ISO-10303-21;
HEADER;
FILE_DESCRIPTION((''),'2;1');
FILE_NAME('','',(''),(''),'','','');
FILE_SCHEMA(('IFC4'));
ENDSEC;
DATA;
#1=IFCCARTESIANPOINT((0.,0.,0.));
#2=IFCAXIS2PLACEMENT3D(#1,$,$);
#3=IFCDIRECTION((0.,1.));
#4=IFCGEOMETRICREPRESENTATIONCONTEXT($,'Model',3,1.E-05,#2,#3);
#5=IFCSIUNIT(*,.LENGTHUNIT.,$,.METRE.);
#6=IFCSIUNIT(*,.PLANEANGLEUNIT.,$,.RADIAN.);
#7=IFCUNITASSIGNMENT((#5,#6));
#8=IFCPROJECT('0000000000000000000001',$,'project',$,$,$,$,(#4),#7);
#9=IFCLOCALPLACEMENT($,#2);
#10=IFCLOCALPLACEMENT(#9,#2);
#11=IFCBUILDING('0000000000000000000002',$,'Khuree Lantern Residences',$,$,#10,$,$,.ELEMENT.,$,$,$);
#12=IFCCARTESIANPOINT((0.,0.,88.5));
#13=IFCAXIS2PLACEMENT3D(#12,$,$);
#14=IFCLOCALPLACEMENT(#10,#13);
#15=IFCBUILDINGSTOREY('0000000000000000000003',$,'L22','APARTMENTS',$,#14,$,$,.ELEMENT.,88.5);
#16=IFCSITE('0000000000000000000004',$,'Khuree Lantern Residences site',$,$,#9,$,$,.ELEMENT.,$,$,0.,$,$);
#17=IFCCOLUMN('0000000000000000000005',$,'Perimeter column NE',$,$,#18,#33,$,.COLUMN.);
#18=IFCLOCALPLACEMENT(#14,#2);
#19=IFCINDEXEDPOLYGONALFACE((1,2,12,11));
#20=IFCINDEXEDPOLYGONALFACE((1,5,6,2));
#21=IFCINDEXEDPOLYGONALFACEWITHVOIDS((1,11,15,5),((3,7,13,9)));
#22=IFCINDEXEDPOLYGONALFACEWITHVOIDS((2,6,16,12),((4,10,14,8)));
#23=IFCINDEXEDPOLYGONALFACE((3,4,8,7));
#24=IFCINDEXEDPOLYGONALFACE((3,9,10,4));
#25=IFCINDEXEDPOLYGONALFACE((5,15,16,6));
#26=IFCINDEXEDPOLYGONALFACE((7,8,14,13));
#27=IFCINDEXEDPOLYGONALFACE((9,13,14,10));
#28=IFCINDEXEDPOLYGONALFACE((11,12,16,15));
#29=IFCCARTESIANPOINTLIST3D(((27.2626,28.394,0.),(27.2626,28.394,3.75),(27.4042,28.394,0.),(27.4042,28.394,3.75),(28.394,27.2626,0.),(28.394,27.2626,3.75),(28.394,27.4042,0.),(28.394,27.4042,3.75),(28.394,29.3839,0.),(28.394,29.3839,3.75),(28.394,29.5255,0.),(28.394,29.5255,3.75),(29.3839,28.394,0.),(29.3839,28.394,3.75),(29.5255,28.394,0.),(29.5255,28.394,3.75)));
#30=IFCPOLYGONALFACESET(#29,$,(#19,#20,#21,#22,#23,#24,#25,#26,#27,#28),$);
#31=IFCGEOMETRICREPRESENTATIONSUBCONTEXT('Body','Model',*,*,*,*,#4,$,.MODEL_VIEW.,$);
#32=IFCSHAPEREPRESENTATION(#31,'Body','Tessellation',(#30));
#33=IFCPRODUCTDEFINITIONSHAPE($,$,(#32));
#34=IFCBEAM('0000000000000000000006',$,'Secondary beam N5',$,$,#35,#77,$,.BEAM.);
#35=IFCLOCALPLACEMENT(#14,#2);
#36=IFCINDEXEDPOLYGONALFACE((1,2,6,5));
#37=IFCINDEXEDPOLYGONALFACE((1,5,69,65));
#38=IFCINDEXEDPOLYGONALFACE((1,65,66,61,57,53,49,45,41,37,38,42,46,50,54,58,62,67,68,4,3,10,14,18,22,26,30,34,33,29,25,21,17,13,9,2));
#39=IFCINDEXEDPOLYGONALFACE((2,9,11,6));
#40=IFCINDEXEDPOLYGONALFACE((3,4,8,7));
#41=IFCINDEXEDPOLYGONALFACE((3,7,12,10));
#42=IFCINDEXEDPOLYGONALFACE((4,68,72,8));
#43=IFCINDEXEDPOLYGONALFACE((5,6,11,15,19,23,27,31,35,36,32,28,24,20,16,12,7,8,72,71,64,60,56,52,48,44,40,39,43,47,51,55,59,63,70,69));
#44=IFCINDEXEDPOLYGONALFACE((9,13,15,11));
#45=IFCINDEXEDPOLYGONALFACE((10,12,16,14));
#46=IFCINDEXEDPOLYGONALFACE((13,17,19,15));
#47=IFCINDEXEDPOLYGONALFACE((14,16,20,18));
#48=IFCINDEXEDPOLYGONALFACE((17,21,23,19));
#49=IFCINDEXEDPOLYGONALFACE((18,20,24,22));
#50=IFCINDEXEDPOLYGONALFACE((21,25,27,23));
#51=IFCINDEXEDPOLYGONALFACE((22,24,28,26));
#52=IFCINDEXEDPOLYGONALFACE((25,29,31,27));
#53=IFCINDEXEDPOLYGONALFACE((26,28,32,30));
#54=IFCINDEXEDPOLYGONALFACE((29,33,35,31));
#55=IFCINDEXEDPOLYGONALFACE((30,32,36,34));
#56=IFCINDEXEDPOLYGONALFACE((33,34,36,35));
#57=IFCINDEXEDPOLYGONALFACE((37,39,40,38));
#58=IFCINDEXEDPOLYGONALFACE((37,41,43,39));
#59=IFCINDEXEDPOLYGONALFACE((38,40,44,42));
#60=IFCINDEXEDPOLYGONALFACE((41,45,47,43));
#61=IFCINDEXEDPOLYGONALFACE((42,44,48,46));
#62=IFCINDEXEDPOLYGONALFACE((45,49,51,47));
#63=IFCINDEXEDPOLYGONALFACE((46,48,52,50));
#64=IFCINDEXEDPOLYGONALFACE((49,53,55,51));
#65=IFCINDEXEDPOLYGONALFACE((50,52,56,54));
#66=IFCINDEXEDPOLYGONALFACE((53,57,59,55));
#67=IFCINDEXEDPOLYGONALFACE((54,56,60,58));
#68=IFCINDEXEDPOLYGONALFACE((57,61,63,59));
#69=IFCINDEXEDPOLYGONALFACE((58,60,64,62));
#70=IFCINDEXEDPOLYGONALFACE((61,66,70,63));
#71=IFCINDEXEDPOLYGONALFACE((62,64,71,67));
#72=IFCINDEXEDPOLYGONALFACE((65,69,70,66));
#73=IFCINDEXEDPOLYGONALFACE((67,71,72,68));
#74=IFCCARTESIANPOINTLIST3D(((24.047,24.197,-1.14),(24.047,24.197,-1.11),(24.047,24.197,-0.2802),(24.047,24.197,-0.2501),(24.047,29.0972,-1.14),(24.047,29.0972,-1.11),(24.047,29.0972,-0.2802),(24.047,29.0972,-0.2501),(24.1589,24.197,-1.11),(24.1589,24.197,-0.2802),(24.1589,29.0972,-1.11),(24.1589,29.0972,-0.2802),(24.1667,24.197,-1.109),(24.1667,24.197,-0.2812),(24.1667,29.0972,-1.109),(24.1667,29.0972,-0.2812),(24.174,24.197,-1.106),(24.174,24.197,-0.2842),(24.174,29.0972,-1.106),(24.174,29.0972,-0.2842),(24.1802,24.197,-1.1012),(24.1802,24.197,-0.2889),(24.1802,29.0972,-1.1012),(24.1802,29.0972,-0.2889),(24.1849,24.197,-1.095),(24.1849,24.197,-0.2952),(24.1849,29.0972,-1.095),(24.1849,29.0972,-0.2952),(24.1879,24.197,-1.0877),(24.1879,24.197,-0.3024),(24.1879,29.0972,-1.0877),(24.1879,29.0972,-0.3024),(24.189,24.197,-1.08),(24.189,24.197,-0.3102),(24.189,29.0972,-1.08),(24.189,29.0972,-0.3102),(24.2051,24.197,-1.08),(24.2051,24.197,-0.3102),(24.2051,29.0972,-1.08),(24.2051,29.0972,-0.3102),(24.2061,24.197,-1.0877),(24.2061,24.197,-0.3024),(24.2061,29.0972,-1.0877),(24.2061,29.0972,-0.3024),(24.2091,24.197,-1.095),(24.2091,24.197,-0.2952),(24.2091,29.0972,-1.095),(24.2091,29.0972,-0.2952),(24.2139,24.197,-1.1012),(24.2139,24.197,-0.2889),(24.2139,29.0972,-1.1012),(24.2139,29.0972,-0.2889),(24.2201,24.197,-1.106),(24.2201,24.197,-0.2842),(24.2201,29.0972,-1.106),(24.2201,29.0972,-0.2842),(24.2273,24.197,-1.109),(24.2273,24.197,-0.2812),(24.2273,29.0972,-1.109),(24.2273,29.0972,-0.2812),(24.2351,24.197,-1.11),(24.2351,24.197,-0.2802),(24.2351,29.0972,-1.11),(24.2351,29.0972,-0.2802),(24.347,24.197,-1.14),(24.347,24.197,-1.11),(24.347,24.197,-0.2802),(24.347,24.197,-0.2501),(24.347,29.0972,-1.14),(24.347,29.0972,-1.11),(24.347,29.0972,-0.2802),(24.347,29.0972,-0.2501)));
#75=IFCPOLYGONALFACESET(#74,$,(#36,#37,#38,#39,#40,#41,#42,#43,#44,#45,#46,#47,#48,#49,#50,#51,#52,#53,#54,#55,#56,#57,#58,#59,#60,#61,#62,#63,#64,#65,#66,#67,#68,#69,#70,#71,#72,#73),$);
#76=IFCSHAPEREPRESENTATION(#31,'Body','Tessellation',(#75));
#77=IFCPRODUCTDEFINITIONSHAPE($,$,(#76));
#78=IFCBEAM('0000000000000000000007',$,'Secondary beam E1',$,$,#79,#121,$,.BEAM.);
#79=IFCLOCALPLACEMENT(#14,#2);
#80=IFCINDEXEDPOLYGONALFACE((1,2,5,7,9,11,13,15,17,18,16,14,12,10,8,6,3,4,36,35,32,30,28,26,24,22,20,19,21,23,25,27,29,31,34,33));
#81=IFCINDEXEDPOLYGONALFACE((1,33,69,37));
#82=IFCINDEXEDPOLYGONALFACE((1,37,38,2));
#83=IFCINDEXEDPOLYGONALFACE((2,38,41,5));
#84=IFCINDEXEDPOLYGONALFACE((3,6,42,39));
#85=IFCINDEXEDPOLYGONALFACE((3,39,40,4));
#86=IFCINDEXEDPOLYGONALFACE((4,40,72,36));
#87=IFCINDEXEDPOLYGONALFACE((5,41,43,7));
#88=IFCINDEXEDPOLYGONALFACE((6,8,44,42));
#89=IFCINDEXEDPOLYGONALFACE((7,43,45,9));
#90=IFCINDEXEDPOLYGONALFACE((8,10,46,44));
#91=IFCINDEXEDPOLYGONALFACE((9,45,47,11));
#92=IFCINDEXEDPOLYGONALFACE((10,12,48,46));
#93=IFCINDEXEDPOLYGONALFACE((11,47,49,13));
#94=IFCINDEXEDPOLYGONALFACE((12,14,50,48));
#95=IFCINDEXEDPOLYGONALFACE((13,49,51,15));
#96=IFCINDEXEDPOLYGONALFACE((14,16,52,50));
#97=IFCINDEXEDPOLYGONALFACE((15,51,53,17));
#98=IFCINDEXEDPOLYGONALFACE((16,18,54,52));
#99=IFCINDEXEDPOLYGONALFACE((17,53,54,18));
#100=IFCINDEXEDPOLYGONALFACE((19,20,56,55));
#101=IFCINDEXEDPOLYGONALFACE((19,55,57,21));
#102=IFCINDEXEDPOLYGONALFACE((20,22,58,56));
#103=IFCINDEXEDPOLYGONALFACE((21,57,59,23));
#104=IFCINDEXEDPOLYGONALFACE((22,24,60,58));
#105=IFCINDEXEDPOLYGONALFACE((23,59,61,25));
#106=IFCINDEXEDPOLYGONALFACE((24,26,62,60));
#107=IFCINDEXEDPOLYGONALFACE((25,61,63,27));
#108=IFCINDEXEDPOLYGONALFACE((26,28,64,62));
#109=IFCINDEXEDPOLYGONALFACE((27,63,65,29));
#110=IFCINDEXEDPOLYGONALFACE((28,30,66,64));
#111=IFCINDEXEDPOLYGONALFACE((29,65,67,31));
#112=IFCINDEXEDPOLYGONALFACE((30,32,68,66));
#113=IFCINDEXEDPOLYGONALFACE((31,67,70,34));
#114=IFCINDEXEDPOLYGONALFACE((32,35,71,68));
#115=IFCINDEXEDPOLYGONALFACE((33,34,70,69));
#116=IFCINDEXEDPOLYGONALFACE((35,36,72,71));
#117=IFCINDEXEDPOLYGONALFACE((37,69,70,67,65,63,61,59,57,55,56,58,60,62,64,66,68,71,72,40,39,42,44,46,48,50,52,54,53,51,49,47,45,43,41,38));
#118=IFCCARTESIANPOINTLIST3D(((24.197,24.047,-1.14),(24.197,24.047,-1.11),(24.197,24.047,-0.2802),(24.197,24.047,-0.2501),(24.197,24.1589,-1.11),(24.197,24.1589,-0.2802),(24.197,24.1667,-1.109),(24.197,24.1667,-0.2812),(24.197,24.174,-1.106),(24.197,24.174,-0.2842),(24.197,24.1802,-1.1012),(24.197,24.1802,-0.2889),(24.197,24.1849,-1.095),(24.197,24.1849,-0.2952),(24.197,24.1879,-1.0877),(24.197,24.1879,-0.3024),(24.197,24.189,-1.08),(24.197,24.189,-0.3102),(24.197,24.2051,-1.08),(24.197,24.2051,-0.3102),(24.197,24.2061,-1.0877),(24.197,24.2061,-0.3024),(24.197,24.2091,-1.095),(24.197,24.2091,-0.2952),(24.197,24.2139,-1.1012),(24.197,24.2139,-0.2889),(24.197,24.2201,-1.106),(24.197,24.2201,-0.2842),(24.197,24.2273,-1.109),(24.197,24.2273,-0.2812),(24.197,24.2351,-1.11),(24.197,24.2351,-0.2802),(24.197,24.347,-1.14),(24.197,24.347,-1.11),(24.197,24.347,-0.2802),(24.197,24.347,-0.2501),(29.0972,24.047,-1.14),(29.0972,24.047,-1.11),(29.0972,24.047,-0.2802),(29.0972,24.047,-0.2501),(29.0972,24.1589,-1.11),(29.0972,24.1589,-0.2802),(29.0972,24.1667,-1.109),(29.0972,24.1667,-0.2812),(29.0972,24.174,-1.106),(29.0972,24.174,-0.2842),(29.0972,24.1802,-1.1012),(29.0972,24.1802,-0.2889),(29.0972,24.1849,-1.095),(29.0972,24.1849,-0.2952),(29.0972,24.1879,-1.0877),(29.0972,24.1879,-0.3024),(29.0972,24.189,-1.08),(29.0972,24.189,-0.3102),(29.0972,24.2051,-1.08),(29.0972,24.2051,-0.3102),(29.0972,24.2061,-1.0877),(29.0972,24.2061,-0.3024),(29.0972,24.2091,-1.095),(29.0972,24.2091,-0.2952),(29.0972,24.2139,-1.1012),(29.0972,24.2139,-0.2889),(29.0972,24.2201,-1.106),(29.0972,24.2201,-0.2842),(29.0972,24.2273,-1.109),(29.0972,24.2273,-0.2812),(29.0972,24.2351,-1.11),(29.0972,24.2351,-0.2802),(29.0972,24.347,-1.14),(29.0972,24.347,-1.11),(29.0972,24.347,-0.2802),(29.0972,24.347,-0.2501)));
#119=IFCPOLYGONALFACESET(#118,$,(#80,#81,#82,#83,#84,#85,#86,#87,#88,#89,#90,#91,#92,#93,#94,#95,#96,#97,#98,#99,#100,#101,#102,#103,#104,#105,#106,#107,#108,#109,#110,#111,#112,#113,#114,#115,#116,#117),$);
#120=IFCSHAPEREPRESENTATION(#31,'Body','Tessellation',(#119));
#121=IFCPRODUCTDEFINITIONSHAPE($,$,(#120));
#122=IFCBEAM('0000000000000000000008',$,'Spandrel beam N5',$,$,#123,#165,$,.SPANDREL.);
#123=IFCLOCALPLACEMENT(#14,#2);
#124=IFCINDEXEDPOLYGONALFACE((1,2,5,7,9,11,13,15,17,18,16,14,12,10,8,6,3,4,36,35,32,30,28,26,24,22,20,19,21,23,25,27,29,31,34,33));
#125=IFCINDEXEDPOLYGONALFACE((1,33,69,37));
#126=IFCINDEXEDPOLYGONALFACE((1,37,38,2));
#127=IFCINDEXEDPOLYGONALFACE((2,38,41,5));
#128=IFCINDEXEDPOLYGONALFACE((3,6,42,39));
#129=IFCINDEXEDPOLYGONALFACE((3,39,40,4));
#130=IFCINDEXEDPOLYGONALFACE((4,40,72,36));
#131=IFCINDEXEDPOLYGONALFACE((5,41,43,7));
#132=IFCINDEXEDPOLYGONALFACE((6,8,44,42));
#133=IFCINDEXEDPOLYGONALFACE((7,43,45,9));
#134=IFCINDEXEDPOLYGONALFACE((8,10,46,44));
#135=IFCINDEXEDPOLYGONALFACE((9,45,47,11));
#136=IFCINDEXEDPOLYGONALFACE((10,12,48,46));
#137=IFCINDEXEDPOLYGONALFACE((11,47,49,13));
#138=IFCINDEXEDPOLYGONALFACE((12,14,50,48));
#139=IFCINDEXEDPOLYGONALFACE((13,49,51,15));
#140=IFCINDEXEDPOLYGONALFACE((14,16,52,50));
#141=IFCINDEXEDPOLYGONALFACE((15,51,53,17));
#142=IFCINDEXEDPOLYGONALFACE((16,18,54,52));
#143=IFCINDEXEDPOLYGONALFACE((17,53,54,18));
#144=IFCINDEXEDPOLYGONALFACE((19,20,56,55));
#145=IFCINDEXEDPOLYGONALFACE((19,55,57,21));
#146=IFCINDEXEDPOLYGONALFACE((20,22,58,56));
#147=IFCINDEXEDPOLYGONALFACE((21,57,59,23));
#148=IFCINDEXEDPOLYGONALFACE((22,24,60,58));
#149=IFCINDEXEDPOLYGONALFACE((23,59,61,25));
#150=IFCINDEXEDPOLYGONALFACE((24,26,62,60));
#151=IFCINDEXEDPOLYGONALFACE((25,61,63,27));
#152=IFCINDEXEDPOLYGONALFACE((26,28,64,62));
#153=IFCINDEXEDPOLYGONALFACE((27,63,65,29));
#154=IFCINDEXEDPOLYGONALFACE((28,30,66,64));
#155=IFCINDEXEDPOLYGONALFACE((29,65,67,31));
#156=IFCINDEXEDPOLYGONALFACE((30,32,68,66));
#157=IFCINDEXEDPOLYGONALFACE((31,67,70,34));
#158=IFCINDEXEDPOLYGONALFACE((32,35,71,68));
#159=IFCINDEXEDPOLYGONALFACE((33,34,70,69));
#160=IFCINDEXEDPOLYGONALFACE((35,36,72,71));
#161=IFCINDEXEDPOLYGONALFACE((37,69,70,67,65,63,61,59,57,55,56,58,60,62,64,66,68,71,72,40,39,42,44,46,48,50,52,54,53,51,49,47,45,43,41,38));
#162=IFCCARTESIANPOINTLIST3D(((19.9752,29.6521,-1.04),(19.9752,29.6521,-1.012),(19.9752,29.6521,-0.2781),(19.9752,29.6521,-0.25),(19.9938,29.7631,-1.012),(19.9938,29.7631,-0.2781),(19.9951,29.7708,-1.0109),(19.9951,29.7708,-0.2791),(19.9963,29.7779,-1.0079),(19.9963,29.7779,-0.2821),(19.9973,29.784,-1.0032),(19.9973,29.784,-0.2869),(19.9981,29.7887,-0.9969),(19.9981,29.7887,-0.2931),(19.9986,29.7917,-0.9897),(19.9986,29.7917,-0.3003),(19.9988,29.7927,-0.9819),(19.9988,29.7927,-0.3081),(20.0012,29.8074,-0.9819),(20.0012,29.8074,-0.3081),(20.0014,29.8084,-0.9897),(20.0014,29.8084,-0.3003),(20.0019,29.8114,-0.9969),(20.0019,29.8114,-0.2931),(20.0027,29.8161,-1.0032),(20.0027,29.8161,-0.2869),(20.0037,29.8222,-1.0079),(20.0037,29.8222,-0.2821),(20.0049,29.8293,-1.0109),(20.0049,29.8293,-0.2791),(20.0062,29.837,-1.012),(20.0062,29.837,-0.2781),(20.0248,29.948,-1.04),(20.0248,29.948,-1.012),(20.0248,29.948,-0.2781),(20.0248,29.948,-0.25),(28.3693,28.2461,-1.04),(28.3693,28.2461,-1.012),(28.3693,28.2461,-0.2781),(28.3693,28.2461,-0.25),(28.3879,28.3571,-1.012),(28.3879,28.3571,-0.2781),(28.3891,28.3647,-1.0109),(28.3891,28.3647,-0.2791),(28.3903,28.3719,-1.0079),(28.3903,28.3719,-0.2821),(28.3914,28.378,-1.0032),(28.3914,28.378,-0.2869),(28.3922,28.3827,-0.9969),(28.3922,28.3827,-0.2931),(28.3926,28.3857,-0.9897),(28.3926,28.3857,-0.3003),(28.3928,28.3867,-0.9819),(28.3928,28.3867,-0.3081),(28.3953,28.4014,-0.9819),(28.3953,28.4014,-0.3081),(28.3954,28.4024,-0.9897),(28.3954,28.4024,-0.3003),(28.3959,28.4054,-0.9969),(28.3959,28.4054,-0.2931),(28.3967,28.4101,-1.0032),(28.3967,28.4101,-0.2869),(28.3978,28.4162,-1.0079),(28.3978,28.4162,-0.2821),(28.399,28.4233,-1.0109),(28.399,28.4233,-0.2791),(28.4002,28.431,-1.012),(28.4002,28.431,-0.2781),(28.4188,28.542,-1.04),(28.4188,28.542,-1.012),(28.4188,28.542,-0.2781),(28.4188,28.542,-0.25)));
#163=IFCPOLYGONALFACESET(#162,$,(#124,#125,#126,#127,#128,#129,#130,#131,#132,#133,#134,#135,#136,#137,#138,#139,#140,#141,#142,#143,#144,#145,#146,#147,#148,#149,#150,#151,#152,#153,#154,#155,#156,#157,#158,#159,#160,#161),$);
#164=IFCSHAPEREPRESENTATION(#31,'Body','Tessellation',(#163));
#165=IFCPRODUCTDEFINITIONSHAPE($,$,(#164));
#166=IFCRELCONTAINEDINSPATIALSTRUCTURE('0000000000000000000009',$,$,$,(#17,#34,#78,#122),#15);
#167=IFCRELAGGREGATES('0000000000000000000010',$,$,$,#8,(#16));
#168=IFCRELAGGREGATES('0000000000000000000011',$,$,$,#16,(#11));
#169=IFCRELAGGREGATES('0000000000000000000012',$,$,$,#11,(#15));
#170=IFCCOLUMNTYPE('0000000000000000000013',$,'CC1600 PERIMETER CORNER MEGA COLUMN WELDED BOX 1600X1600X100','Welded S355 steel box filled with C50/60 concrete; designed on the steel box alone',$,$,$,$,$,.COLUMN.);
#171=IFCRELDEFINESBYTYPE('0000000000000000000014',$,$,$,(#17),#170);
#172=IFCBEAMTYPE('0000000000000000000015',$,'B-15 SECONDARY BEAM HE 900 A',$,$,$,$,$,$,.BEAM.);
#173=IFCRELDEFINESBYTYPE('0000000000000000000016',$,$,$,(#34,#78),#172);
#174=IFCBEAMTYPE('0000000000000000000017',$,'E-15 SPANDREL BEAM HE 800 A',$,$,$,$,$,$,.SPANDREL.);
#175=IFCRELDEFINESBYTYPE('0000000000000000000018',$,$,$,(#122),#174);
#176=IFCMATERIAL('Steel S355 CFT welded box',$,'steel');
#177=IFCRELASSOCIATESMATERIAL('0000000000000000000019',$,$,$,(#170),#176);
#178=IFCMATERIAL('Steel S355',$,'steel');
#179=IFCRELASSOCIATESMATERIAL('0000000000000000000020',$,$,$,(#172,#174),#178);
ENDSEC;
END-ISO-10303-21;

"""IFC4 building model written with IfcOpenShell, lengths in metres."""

from ifc_helpers import new_model, si_unit, direction, frame, origin, origin_2d, place, context, subcontext, project, spatial, hollow_rectangle, i_section, extrude, material, material_profile, profile_set, type_object, element, save


model = new_model("IFC4")

# Units and contexts
model_context = context("Model", 3, precision=1e-05, world=origin(), true_north=direction((0.0, 1.0)))
body_context = subcontext(model_context, "Body", "Model", "MODEL_VIEW")
ifc_project = project(units=[si_unit("LENGTHUNIT", "METRE"), si_unit("PLANEANGLEUNIT", "RADIAN")], contexts=[model_context])

# Site, building, storey
site_placement = place(None, origin())
site = spatial("IfcSite", under=ifc_project, at=site_placement, Name="Khuree Lantern Residences site", CompositionType="ELEMENT", RefElevation=0.0)
building_placement = place(site_placement, origin())
building = spatial("IfcBuilding", under=site, at=building_placement, Name="Khuree Lantern Residences", CompositionType="ELEMENT")
storey_placement = place(building_placement, frame((0.0, 0.0, 88.5)))
storey = spatial("IfcBuildingStorey", under=building, at=storey_placement, Name="L22", Description="APARTMENTS", CompositionType="ELEMENT", Elevation=88.5)

# Column
ifc_material_1 = material(Name="Steel S355 CFT welded box", Category="steel")
ifc_material_profile_1 = material_profile(ifc_material_1, hollow_rectangle(XDim=1.6001, YDim=1.6001, WallThickness=0.1001, at=origin_2d()), Name="WELDED BOX 1600X1600X100")
ifc_profile_set_1 = profile_set([ifc_material_profile_1], Name="Steel S355 CFT welded box")
column_type = type_object("IfcColumnType", Name="CC1600 PERIMETER CORNER MEGA COLUMN WELDED BOX 1600X1600X100", Description="Welded S355 steel box filled with C50/60 concrete; designed on the steel box alone", PredefinedType="COLUMN", material=ifc_profile_set_1)
column_placement = place(storey_placement, frame((28.394, 28.394, 0.0), z_axis=(0.0, 0.0, 1.0), x_axis=(0.707107, -0.707107, 0.0)))
element("IfcColumn", 1, at=column_placement, inside=storey, type_object=column_type, Name="Perimeter column NE", PredefinedType="COLUMN", context=body_context, shape_type="SweptSolid", body=[
    extrude(hollow_rectangle(XDim=1.6001, YDim=1.6001, WallThickness=0.1001, at=origin_2d()), origin(), (0.0, 0.0, 1.0), 3.75),
])

# Beams
ifc_material_2 = material(Name="Steel S355", Category="steel")
ifc_material_profile_2 = material_profile(ifc_material_2, i_section(OverallWidth=0.3, OverallDepth=0.8899, WebThickness=0.0161, FlangeThickness=0.03, FilletRadius=0.03, at=origin_2d()), Name="HE 900 A")
ifc_profile_set_2 = profile_set([ifc_material_profile_2], Name="Steel S355")
beam_type_1 = type_object("IfcBeamType", Name="B-15 SECONDARY BEAM HE 900 A", PredefinedType="BEAM", material=ifc_profile_set_2)
for number, where, z_axis, x_axis, name in (
    (2, (24.197, 29.0972, -0.6951), (0.0, -1.0, 0.0), (1.0, 0.0, 0.0), "Secondary beam N5"),
    (3, (29.0972, 24.197, -0.6951), (-1.0, 0.0, 0.0), (0.0, -1.0, 0.0), "Secondary beam E1"),
):
    element("IfcBeam", number, at=place(storey_placement, frame(where, z_axis=z_axis, x_axis=x_axis)), inside=storey, type_object=beam_type_1, Name=name, PredefinedType="BEAM", context=body_context, shape_type="SweptSolid", body=[
        extrude(i_section(OverallWidth=0.3, OverallDepth=0.8899, WebThickness=0.0161, FlangeThickness=0.03, FilletRadius=0.03, at=origin_2d()), origin(), (0.0, 0.0, 1.0), 4.9001),
    ])
ifc_material_profile_3 = material_profile(ifc_material_2, i_section(OverallWidth=0.3, OverallDepth=0.79, WebThickness=0.0149, FlangeThickness=0.0281, FilletRadius=0.03, at=origin_2d()), Name="HE 800 A")
ifc_profile_set_3 = profile_set([ifc_material_profile_3], Name="Steel S355")
beam_type_2 = type_object("IfcBeamType", Name="E-15 SPANDREL BEAM HE 800 A", PredefinedType="SPANDREL", material=ifc_profile_set_3)
for number, where, z_axis, x_axis, name in (
    (4, (20.0, 29.8, -0.645), (0.98626, -0.165199, 0.0), (0.165199, 0.98626, 0.0), "Spandrel beam N5"),
):
    element("IfcBeam", number, at=place(storey_placement, frame(where, z_axis=z_axis, x_axis=x_axis)), inside=storey, type_object=beam_type_2, Name=name, PredefinedType="SPANDREL", context=body_context, shape_type="SweptSolid", body=[
        extrude(i_section(OverallWidth=0.3, OverallDepth=0.79, WebThickness=0.0149, FlangeThickness=0.0281, FilletRadius=0.03, at=origin_2d()), origin(), (0.0, 0.0, 1.0), 8.511),
    ])

save(model, "model.ifc")
